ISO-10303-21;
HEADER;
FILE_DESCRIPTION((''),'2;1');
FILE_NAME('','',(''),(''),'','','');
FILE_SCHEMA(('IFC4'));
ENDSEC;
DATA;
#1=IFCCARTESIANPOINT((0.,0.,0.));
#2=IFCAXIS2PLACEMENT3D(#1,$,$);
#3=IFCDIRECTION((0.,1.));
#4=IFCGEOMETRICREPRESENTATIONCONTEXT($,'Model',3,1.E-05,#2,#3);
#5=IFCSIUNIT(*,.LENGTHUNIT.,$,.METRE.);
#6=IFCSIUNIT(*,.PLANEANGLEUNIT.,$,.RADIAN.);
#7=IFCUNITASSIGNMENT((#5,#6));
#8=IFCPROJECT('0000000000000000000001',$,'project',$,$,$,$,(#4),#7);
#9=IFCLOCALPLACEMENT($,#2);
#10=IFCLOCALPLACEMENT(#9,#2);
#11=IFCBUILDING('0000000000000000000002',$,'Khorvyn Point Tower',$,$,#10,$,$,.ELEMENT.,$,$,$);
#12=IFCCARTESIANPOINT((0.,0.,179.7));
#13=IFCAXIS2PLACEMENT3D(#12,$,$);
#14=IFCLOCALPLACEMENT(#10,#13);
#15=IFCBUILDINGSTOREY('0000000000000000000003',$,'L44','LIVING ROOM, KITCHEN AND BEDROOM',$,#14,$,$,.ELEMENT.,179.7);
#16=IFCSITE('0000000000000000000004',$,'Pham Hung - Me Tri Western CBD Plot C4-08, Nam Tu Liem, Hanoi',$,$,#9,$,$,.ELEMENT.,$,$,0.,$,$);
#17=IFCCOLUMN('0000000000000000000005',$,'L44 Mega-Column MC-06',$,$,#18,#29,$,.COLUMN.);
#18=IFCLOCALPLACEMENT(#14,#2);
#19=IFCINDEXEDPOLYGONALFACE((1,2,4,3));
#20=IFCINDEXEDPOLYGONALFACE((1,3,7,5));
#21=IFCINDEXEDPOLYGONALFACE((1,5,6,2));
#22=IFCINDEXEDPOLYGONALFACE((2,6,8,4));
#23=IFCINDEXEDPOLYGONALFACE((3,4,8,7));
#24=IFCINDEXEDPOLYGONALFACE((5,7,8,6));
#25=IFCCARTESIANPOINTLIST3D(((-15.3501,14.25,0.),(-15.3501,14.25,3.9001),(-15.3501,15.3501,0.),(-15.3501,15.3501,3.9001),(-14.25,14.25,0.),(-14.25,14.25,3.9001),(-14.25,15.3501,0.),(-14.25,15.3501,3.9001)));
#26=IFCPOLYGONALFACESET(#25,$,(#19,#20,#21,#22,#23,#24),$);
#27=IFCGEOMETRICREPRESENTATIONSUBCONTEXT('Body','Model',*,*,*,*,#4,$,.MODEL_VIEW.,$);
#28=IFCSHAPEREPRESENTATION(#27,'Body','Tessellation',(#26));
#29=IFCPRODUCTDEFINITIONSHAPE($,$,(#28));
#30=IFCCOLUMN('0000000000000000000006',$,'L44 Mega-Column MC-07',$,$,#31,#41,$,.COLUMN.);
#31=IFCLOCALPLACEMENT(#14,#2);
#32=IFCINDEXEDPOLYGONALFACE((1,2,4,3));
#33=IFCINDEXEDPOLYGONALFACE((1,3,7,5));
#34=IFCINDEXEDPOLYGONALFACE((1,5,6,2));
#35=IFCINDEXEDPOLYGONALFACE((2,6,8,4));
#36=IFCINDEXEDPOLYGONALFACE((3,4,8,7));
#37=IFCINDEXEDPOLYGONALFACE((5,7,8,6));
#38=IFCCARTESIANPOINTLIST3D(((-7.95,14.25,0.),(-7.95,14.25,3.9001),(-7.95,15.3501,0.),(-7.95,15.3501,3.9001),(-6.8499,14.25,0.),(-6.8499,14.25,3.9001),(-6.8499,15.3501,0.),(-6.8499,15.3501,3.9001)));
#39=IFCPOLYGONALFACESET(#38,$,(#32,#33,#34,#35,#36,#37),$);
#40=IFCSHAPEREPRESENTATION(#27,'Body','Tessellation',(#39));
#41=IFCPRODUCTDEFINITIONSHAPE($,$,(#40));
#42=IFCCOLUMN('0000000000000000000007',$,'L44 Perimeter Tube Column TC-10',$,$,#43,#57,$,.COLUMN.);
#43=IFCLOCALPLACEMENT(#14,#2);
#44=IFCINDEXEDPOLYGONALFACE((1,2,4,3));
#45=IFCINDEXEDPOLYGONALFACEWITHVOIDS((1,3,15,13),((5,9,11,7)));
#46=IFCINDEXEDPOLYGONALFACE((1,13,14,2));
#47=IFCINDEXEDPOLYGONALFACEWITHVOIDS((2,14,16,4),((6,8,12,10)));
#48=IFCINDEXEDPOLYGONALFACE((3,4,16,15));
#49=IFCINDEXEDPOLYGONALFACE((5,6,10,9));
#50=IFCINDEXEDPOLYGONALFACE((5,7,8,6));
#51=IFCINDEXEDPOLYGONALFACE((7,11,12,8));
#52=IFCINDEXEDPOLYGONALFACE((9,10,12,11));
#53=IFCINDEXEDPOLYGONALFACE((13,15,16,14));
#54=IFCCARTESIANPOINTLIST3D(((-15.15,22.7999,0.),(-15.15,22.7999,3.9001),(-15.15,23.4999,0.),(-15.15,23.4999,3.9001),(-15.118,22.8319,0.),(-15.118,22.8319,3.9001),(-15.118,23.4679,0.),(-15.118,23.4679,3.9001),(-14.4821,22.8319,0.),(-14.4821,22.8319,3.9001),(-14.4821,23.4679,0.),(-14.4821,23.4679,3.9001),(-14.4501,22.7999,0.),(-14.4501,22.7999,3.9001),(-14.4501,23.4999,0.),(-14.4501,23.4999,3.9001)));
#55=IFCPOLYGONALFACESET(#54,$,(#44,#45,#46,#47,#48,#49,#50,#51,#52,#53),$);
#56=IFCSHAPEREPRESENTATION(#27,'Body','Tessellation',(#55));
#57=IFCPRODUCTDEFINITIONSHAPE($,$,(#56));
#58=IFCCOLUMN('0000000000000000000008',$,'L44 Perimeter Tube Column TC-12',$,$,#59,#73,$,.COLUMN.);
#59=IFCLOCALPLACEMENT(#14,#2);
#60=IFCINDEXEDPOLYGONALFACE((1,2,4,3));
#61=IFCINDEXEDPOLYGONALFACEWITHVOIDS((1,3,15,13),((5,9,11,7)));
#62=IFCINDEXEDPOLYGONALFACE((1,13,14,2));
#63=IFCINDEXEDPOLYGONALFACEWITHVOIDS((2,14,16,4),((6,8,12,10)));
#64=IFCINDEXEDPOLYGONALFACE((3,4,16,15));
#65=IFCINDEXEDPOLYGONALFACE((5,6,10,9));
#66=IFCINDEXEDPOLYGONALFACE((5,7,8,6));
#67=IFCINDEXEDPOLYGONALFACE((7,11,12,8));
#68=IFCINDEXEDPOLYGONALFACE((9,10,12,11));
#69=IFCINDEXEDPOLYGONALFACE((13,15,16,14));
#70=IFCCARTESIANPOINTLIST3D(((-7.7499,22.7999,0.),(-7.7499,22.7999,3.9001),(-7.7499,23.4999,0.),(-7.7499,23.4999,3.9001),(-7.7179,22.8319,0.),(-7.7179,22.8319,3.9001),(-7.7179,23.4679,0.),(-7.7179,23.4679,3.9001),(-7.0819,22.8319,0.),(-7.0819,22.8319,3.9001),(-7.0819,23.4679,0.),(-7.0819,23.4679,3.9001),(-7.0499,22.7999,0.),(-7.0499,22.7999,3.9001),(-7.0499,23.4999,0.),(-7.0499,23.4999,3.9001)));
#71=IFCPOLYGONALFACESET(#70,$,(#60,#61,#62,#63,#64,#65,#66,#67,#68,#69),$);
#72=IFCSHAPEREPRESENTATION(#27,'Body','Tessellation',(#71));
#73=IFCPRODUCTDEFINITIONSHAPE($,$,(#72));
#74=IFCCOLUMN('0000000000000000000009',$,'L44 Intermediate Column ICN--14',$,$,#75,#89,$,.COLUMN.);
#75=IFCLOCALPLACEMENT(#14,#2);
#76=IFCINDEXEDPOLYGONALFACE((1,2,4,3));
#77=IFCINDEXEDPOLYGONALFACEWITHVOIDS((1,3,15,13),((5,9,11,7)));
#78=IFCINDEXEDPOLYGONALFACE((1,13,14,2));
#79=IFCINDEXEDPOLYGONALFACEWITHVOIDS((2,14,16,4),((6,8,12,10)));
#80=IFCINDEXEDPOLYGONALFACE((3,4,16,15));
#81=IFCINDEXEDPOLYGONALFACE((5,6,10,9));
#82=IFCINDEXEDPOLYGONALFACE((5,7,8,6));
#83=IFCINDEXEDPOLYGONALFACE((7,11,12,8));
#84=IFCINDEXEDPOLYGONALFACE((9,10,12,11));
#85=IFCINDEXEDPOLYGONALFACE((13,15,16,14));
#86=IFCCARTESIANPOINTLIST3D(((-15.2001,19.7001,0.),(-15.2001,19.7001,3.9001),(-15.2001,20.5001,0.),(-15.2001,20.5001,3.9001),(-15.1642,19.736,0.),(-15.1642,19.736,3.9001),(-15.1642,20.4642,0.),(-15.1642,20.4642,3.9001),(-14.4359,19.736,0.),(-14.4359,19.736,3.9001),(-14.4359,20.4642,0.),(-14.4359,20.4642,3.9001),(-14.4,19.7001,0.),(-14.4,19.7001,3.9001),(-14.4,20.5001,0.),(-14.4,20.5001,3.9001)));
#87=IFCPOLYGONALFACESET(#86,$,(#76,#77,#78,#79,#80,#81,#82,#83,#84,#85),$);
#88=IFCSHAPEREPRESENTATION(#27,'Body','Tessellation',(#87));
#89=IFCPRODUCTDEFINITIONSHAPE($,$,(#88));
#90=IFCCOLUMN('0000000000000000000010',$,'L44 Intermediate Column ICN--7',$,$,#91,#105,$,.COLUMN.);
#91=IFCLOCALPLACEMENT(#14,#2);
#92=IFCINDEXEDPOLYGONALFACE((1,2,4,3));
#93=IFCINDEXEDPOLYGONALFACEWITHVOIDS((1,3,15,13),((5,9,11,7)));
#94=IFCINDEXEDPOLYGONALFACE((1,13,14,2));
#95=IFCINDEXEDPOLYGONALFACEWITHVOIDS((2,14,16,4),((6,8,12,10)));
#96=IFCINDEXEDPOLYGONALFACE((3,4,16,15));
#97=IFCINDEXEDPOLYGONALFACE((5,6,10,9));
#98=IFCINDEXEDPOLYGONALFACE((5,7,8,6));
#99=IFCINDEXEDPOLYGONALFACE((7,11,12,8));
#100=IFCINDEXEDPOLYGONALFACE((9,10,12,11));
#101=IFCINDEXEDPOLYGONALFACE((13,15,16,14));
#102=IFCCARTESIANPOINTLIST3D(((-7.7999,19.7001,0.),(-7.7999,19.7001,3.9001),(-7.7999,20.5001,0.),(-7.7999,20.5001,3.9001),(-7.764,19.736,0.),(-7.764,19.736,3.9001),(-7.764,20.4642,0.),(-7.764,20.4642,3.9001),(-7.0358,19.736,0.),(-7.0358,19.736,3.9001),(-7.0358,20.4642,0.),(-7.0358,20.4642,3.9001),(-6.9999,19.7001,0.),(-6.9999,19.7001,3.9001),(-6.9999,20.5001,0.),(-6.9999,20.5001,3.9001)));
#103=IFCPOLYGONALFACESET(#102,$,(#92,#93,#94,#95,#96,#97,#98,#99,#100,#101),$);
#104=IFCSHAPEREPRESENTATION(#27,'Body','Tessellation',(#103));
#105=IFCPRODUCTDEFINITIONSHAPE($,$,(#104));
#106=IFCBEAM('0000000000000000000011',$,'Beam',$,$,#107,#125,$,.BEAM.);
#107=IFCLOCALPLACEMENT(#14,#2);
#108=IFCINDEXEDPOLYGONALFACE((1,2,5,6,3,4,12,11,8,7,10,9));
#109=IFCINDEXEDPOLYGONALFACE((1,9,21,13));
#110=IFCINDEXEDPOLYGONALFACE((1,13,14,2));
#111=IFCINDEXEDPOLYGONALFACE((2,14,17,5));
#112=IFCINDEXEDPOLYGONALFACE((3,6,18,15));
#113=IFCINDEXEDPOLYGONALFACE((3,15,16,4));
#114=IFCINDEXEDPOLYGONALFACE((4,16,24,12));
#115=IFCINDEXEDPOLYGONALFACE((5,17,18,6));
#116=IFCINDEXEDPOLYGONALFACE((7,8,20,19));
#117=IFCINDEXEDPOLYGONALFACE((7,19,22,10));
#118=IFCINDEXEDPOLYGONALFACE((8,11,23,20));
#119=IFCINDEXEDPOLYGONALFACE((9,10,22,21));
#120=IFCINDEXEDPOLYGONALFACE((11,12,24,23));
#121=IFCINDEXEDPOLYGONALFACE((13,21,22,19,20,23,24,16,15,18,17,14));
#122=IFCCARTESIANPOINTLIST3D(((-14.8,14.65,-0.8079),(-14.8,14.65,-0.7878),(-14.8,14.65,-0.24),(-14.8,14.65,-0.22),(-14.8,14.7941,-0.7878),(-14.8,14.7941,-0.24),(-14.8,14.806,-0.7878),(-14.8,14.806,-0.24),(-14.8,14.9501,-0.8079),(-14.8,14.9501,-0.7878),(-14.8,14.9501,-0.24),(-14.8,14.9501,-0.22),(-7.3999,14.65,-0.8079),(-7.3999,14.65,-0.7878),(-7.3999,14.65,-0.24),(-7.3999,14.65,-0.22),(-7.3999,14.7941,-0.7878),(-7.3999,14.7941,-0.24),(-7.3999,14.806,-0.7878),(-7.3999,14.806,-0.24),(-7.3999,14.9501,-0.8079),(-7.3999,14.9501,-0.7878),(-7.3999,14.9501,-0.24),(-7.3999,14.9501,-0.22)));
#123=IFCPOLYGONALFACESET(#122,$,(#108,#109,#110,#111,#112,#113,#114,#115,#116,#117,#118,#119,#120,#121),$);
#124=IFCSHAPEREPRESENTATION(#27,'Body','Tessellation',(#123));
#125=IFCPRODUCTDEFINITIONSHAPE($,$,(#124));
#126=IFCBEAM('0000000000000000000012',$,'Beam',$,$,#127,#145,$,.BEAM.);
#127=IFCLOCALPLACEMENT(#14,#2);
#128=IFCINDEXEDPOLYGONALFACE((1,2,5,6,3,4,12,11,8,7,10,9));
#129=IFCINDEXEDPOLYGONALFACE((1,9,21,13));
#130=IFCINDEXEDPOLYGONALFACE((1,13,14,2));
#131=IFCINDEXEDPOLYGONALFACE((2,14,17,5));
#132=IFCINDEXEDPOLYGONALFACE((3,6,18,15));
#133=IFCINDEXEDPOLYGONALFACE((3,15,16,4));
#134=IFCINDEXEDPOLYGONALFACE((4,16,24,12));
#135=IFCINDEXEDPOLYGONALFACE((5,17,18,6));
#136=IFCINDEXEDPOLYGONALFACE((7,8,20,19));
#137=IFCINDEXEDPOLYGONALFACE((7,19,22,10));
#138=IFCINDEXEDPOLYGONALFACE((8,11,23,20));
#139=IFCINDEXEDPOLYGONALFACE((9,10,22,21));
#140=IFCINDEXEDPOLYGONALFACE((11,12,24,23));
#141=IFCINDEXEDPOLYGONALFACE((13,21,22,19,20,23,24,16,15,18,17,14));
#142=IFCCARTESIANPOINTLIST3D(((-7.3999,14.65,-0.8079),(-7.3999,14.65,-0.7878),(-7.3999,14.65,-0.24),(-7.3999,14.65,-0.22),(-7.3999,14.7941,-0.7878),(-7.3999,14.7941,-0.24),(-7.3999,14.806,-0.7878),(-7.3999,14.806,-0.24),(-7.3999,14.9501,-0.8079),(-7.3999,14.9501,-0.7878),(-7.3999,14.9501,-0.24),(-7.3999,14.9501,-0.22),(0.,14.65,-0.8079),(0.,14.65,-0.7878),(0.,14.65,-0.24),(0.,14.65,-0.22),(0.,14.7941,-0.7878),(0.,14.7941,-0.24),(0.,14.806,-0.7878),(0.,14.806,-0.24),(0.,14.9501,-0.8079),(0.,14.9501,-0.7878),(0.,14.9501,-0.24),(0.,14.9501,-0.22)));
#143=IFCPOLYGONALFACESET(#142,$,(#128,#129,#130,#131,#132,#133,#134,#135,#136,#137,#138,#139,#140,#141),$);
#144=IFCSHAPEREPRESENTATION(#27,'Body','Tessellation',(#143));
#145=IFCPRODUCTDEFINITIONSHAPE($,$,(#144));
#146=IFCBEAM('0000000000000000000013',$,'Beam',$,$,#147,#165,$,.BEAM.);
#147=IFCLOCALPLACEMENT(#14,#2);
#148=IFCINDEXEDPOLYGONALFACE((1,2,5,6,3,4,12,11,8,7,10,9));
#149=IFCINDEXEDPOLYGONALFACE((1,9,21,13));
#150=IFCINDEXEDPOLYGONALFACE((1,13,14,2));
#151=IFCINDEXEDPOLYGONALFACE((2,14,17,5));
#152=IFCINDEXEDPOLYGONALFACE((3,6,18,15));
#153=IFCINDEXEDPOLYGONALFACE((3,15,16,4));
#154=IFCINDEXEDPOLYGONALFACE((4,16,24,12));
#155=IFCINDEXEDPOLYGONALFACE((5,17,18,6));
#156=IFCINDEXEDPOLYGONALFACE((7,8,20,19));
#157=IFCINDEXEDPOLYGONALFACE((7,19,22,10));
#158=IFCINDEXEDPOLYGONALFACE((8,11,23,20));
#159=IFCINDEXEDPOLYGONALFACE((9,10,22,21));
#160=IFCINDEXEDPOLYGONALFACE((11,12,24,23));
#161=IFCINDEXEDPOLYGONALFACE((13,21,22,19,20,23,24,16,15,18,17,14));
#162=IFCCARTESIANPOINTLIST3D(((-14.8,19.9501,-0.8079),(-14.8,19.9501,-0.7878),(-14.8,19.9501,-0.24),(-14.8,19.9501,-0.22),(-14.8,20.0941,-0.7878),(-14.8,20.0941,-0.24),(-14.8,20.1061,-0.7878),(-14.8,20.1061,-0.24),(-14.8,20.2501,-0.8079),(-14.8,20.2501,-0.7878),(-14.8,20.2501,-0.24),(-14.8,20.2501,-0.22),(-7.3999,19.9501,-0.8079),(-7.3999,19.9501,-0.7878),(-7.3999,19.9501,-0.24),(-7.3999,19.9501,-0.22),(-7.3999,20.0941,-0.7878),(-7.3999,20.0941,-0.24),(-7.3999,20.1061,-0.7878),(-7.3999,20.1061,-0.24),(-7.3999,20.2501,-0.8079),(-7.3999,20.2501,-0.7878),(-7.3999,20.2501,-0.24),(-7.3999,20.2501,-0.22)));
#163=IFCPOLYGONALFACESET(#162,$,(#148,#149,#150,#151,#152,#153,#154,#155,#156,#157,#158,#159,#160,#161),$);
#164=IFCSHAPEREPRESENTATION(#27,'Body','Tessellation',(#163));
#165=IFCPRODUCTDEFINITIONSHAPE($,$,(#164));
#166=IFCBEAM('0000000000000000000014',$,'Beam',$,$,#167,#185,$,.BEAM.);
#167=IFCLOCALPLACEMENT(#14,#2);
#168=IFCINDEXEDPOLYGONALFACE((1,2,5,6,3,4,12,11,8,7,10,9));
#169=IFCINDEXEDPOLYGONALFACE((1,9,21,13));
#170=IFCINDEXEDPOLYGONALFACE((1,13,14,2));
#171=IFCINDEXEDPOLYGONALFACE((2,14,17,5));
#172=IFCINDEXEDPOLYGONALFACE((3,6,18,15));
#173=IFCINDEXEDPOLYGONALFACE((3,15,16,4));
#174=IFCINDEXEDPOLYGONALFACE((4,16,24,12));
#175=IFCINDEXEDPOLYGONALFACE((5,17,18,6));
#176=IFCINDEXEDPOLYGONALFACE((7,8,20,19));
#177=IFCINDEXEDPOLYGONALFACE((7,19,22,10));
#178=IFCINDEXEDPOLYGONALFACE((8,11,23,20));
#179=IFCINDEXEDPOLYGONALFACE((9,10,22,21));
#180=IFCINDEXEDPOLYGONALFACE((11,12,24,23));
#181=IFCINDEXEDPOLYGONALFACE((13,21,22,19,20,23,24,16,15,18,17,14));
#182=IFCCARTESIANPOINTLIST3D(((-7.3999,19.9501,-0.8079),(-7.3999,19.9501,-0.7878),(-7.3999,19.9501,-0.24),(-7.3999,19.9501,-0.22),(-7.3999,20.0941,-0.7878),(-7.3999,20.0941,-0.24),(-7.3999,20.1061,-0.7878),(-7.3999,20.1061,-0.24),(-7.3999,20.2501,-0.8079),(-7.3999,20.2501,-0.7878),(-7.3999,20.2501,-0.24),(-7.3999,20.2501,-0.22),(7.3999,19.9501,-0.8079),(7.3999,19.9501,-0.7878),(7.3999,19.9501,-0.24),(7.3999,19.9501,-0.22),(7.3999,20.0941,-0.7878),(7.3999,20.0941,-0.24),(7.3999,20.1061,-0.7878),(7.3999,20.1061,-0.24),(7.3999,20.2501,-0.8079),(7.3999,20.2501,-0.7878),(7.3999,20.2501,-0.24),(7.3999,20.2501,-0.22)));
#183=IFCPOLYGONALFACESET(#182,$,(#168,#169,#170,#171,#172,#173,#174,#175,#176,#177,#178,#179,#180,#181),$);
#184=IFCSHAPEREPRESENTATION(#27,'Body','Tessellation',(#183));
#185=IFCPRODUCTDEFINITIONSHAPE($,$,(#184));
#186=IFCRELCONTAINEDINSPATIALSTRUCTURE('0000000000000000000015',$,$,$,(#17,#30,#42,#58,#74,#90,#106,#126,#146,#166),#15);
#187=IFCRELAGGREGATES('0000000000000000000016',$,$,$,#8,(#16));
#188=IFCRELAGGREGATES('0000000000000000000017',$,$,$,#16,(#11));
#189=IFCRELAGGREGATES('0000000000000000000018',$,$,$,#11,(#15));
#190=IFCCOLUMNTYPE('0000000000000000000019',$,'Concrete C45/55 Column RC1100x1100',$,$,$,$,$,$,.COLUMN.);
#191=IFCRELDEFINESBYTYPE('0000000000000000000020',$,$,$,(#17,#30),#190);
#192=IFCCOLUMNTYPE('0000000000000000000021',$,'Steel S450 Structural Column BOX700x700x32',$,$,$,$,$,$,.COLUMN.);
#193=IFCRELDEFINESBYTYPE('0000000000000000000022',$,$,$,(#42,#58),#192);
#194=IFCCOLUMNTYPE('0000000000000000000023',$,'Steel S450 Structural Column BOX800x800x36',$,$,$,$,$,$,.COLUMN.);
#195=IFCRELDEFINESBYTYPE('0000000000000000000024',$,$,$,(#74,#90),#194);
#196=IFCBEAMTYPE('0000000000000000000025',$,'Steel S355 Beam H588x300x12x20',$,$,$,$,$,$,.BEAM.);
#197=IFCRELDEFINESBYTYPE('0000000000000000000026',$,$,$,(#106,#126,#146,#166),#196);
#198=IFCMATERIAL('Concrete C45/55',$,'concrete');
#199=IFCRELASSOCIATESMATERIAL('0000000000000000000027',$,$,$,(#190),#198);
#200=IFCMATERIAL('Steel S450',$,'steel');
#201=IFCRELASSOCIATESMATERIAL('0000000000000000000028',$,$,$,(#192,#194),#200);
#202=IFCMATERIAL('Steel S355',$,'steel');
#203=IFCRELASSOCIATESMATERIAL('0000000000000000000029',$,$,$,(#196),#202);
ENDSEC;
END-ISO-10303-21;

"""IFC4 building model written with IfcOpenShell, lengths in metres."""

from ifc_helpers import new_model, si_unit, direction, frame, origin, origin_2d, place, context, subcontext, project, spatial, rectangle, hollow_rectangle, i_section, extrude, material, material_profile, profile_set, type_object, element, save


model = new_model("IFC4")

# Units and contexts
model_context = context("Model", 3, precision=1e-05, world=origin(), true_north=direction((0.0, 1.0)))
body_context = subcontext(model_context, "Body", "Model", "MODEL_VIEW")
ifc_project = project(units=[si_unit("LENGTHUNIT", "METRE"), si_unit("PLANEANGLEUNIT", "RADIAN")], contexts=[model_context])

# Site, building, storey
site_placement = place(None, origin())
site = spatial("IfcSite", under=ifc_project, at=site_placement, Name="Pham Hung - Me Tri Western CBD Plot C4-08, Nam Tu Liem, Hanoi", CompositionType="ELEMENT", RefElevation=0.0)
building_placement = place(site_placement, origin())
building = spatial("IfcBuilding", under=site, at=building_placement, Name="Khorvyn Point Tower", CompositionType="ELEMENT")
storey_placement = place(building_placement, frame((0.0, 0.0, 179.7)))
storey = spatial("IfcBuildingStorey", under=building, at=storey_placement, Name="L44", Description="LIVING ROOM, KITCHEN AND BEDROOM", CompositionType="ELEMENT", Elevation=179.7)

# Columns
ifc_material_1 = material(Name="Concrete C45/55", Category="concrete")
ifc_material_profile_1 = material_profile(ifc_material_1, rectangle(XDim=1.1001, YDim=1.1001, at=origin_2d()))
ifc_profile_set_1 = profile_set([ifc_material_profile_1], Name="Concrete C45/55 RC1100x1100")
column_type_1 = type_object("IfcColumnType", Name="Concrete C45/55 Column RC1100x1100", PredefinedType="COLUMN", material=ifc_profile_set_1)
for number, where, z_axis, x_axis, name in (
    (1, (-14.8, 14.8, 0.0), (0.0, 0.0, 1.0), (1.0, 0.0, 0.0), "L44 Mega-Column MC-06"),
    (2, (-7.3999, 14.8, 0.0), (0.0, 0.0, 1.0), (1.0, 0.0, 0.0), "L44 Mega-Column MC-07"),
):
    element("IfcColumn", number, at=place(storey_placement, frame(where, z_axis=z_axis, x_axis=x_axis)), inside=storey, type_object=column_type_1, Name=name, PredefinedType="COLUMN", context=body_context, shape_type="SweptSolid", body=[
        extrude(rectangle(XDim=1.1001, YDim=1.1001, at=origin_2d()), origin(), (0.0, 0.0, 1.0), 3.9001),
    ])
ifc_material_2 = material(Name="Steel S450", Category="steel")
ifc_material_profile_2 = material_profile(ifc_material_2, hollow_rectangle(XDim=0.7, YDim=0.7, WallThickness=0.032, at=origin_2d()))
ifc_profile_set_2 = profile_set([ifc_material_profile_2], Name="Steel S450 BOX700x700x32")
column_type_2 = type_object("IfcColumnType", Name="Steel S450 Structural Column BOX700x700x32", PredefinedType="COLUMN", material=ifc_profile_set_2)
for number, where, z_axis, x_axis, name in (
    (3, (-14.8, 23.1499, 0.0), (0.0, 0.0, 1.0), (1.0, 0.0, 0.0), "L44 Perimeter Tube Column TC-10"),
    (4, (-7.3999, 23.1499, 0.0), (0.0, 0.0, 1.0), (1.0, 0.0, 0.0), "L44 Perimeter Tube Column TC-12"),
):
    element("IfcColumn", number, at=place(storey_placement, frame(where, z_axis=z_axis, x_axis=x_axis)), inside=storey, type_object=column_type_2, Name=name, PredefinedType="COLUMN", context=body_context, shape_type="SweptSolid", body=[
        extrude(hollow_rectangle(XDim=0.7, YDim=0.7, WallThickness=0.032, at=origin_2d()), origin(), (0.0, 0.0, 1.0), 3.9001),
    ])
ifc_material_profile_3 = material_profile(ifc_material_2, hollow_rectangle(XDim=0.8, YDim=0.8, WallThickness=0.0359, at=origin_2d()))
ifc_profile_set_3 = profile_set([ifc_material_profile_3], Name="Steel S450 BOX800x800x36")
column_type_3 = type_object("IfcColumnType", Name="Steel S450 Structural Column BOX800x800x36", PredefinedType="COLUMN", material=ifc_profile_set_3)
for number, where, z_axis, x_axis, name in (
    (5, (-14.8, 20.1001, 0.0), (0.0, 0.0, 1.0), (1.0, 0.0, 0.0), "L44 Intermediate Column ICN--14"),
    (6, (-7.3999, 20.1001, 0.0), (0.0, 0.0, 1.0), (1.0, 0.0, 0.0), "L44 Intermediate Column ICN--7"),
):
    element("IfcColumn", number, at=place(storey_placement, frame(where, z_axis=z_axis, x_axis=x_axis)), inside=storey, type_object=column_type_3, Name=name, PredefinedType="COLUMN", context=body_context, shape_type="SweptSolid", body=[
        extrude(hollow_rectangle(XDim=0.8, YDim=0.8, WallThickness=0.0359, at=origin_2d()), origin(), (0.0, 0.0, 1.0), 3.9001),
    ])

# Beams
ifc_material_3 = material(Name="Steel S355", Category="steel")
ifc_material_profile_4 = material_profile(ifc_material_3, i_section(OverallWidth=0.3, OverallDepth=0.5879, WebThickness=0.012, FlangeThickness=0.02, at=origin_2d()))
ifc_profile_set_4 = profile_set([ifc_material_profile_4], Name="Steel S355 H588x300x12x20")
beam_type_1 = type_object("IfcBeamType", Name="Steel S355 Beam H588x300x12x20", PredefinedType="BEAM", material=ifc_profile_set_4)
beam_1_placement = place(storey_placement, frame((-14.8, 14.8, -0.5139), z_axis=(1.0, 0.0, 0.0), x_axis=(0.0, 1.0, 0.0)))
element("IfcBeam", 7, at=beam_1_placement, inside=storey, type_object=beam_type_1, Name="Beam", PredefinedType="BEAM", context=body_context, shape_type="SweptSolid", body=[
    extrude(i_section(OverallWidth=0.3, OverallDepth=0.5879, WebThickness=0.012, FlangeThickness=0.02, at=origin_2d()), origin(), (0.0, 0.0, 1.0), 7.4001),
])
beam_2_placement = place(storey_placement, frame((-7.3999, 14.8, -0.5139), z_axis=(1.0, 0.0, 0.0), x_axis=(0.0, 1.0, 0.0)))
element("IfcBeam", 8, at=beam_2_placement, inside=storey, type_object=beam_type_1, Name="Beam", PredefinedType="BEAM", context=body_context, shape_type="SweptSolid", body=[
    extrude(i_section(OverallWidth=0.3, OverallDepth=0.5879, WebThickness=0.012, FlangeThickness=0.02, at=origin_2d()), origin(), (0.0, 0.0, 1.0), 7.3999),
])
beam_3_placement = place(storey_placement, frame((-14.8, 20.1001, -0.5139), z_axis=(1.0, 0.0, 0.0), x_axis=(0.0, 1.0, 0.0)))
element("IfcBeam", 9, at=beam_3_placement, inside=storey, type_object=beam_type_1, Name="Beam", PredefinedType="BEAM", context=body_context, shape_type="SweptSolid", body=[
    extrude(i_section(OverallWidth=0.3, OverallDepth=0.5879, WebThickness=0.012, FlangeThickness=0.02, at=origin_2d()), origin(), (0.0, 0.0, 1.0), 7.4001),
])
beam_4_placement = place(storey_placement, frame((-7.3999, 20.1001, -0.5139), z_axis=(1.0, 0.0, 0.0), x_axis=(0.0, 1.0, 0.0)))
element("IfcBeam", 10, at=beam_4_placement, inside=storey, type_object=beam_type_1, Name="Beam", PredefinedType="BEAM", context=body_context, shape_type="SweptSolid", body=[
    extrude(i_section(OverallWidth=0.3, OverallDepth=0.5879, WebThickness=0.012, FlangeThickness=0.02, at=origin_2d()), origin(), (0.0, 0.0, 1.0), 14.7998),
])

save(model, "model.ifc")
